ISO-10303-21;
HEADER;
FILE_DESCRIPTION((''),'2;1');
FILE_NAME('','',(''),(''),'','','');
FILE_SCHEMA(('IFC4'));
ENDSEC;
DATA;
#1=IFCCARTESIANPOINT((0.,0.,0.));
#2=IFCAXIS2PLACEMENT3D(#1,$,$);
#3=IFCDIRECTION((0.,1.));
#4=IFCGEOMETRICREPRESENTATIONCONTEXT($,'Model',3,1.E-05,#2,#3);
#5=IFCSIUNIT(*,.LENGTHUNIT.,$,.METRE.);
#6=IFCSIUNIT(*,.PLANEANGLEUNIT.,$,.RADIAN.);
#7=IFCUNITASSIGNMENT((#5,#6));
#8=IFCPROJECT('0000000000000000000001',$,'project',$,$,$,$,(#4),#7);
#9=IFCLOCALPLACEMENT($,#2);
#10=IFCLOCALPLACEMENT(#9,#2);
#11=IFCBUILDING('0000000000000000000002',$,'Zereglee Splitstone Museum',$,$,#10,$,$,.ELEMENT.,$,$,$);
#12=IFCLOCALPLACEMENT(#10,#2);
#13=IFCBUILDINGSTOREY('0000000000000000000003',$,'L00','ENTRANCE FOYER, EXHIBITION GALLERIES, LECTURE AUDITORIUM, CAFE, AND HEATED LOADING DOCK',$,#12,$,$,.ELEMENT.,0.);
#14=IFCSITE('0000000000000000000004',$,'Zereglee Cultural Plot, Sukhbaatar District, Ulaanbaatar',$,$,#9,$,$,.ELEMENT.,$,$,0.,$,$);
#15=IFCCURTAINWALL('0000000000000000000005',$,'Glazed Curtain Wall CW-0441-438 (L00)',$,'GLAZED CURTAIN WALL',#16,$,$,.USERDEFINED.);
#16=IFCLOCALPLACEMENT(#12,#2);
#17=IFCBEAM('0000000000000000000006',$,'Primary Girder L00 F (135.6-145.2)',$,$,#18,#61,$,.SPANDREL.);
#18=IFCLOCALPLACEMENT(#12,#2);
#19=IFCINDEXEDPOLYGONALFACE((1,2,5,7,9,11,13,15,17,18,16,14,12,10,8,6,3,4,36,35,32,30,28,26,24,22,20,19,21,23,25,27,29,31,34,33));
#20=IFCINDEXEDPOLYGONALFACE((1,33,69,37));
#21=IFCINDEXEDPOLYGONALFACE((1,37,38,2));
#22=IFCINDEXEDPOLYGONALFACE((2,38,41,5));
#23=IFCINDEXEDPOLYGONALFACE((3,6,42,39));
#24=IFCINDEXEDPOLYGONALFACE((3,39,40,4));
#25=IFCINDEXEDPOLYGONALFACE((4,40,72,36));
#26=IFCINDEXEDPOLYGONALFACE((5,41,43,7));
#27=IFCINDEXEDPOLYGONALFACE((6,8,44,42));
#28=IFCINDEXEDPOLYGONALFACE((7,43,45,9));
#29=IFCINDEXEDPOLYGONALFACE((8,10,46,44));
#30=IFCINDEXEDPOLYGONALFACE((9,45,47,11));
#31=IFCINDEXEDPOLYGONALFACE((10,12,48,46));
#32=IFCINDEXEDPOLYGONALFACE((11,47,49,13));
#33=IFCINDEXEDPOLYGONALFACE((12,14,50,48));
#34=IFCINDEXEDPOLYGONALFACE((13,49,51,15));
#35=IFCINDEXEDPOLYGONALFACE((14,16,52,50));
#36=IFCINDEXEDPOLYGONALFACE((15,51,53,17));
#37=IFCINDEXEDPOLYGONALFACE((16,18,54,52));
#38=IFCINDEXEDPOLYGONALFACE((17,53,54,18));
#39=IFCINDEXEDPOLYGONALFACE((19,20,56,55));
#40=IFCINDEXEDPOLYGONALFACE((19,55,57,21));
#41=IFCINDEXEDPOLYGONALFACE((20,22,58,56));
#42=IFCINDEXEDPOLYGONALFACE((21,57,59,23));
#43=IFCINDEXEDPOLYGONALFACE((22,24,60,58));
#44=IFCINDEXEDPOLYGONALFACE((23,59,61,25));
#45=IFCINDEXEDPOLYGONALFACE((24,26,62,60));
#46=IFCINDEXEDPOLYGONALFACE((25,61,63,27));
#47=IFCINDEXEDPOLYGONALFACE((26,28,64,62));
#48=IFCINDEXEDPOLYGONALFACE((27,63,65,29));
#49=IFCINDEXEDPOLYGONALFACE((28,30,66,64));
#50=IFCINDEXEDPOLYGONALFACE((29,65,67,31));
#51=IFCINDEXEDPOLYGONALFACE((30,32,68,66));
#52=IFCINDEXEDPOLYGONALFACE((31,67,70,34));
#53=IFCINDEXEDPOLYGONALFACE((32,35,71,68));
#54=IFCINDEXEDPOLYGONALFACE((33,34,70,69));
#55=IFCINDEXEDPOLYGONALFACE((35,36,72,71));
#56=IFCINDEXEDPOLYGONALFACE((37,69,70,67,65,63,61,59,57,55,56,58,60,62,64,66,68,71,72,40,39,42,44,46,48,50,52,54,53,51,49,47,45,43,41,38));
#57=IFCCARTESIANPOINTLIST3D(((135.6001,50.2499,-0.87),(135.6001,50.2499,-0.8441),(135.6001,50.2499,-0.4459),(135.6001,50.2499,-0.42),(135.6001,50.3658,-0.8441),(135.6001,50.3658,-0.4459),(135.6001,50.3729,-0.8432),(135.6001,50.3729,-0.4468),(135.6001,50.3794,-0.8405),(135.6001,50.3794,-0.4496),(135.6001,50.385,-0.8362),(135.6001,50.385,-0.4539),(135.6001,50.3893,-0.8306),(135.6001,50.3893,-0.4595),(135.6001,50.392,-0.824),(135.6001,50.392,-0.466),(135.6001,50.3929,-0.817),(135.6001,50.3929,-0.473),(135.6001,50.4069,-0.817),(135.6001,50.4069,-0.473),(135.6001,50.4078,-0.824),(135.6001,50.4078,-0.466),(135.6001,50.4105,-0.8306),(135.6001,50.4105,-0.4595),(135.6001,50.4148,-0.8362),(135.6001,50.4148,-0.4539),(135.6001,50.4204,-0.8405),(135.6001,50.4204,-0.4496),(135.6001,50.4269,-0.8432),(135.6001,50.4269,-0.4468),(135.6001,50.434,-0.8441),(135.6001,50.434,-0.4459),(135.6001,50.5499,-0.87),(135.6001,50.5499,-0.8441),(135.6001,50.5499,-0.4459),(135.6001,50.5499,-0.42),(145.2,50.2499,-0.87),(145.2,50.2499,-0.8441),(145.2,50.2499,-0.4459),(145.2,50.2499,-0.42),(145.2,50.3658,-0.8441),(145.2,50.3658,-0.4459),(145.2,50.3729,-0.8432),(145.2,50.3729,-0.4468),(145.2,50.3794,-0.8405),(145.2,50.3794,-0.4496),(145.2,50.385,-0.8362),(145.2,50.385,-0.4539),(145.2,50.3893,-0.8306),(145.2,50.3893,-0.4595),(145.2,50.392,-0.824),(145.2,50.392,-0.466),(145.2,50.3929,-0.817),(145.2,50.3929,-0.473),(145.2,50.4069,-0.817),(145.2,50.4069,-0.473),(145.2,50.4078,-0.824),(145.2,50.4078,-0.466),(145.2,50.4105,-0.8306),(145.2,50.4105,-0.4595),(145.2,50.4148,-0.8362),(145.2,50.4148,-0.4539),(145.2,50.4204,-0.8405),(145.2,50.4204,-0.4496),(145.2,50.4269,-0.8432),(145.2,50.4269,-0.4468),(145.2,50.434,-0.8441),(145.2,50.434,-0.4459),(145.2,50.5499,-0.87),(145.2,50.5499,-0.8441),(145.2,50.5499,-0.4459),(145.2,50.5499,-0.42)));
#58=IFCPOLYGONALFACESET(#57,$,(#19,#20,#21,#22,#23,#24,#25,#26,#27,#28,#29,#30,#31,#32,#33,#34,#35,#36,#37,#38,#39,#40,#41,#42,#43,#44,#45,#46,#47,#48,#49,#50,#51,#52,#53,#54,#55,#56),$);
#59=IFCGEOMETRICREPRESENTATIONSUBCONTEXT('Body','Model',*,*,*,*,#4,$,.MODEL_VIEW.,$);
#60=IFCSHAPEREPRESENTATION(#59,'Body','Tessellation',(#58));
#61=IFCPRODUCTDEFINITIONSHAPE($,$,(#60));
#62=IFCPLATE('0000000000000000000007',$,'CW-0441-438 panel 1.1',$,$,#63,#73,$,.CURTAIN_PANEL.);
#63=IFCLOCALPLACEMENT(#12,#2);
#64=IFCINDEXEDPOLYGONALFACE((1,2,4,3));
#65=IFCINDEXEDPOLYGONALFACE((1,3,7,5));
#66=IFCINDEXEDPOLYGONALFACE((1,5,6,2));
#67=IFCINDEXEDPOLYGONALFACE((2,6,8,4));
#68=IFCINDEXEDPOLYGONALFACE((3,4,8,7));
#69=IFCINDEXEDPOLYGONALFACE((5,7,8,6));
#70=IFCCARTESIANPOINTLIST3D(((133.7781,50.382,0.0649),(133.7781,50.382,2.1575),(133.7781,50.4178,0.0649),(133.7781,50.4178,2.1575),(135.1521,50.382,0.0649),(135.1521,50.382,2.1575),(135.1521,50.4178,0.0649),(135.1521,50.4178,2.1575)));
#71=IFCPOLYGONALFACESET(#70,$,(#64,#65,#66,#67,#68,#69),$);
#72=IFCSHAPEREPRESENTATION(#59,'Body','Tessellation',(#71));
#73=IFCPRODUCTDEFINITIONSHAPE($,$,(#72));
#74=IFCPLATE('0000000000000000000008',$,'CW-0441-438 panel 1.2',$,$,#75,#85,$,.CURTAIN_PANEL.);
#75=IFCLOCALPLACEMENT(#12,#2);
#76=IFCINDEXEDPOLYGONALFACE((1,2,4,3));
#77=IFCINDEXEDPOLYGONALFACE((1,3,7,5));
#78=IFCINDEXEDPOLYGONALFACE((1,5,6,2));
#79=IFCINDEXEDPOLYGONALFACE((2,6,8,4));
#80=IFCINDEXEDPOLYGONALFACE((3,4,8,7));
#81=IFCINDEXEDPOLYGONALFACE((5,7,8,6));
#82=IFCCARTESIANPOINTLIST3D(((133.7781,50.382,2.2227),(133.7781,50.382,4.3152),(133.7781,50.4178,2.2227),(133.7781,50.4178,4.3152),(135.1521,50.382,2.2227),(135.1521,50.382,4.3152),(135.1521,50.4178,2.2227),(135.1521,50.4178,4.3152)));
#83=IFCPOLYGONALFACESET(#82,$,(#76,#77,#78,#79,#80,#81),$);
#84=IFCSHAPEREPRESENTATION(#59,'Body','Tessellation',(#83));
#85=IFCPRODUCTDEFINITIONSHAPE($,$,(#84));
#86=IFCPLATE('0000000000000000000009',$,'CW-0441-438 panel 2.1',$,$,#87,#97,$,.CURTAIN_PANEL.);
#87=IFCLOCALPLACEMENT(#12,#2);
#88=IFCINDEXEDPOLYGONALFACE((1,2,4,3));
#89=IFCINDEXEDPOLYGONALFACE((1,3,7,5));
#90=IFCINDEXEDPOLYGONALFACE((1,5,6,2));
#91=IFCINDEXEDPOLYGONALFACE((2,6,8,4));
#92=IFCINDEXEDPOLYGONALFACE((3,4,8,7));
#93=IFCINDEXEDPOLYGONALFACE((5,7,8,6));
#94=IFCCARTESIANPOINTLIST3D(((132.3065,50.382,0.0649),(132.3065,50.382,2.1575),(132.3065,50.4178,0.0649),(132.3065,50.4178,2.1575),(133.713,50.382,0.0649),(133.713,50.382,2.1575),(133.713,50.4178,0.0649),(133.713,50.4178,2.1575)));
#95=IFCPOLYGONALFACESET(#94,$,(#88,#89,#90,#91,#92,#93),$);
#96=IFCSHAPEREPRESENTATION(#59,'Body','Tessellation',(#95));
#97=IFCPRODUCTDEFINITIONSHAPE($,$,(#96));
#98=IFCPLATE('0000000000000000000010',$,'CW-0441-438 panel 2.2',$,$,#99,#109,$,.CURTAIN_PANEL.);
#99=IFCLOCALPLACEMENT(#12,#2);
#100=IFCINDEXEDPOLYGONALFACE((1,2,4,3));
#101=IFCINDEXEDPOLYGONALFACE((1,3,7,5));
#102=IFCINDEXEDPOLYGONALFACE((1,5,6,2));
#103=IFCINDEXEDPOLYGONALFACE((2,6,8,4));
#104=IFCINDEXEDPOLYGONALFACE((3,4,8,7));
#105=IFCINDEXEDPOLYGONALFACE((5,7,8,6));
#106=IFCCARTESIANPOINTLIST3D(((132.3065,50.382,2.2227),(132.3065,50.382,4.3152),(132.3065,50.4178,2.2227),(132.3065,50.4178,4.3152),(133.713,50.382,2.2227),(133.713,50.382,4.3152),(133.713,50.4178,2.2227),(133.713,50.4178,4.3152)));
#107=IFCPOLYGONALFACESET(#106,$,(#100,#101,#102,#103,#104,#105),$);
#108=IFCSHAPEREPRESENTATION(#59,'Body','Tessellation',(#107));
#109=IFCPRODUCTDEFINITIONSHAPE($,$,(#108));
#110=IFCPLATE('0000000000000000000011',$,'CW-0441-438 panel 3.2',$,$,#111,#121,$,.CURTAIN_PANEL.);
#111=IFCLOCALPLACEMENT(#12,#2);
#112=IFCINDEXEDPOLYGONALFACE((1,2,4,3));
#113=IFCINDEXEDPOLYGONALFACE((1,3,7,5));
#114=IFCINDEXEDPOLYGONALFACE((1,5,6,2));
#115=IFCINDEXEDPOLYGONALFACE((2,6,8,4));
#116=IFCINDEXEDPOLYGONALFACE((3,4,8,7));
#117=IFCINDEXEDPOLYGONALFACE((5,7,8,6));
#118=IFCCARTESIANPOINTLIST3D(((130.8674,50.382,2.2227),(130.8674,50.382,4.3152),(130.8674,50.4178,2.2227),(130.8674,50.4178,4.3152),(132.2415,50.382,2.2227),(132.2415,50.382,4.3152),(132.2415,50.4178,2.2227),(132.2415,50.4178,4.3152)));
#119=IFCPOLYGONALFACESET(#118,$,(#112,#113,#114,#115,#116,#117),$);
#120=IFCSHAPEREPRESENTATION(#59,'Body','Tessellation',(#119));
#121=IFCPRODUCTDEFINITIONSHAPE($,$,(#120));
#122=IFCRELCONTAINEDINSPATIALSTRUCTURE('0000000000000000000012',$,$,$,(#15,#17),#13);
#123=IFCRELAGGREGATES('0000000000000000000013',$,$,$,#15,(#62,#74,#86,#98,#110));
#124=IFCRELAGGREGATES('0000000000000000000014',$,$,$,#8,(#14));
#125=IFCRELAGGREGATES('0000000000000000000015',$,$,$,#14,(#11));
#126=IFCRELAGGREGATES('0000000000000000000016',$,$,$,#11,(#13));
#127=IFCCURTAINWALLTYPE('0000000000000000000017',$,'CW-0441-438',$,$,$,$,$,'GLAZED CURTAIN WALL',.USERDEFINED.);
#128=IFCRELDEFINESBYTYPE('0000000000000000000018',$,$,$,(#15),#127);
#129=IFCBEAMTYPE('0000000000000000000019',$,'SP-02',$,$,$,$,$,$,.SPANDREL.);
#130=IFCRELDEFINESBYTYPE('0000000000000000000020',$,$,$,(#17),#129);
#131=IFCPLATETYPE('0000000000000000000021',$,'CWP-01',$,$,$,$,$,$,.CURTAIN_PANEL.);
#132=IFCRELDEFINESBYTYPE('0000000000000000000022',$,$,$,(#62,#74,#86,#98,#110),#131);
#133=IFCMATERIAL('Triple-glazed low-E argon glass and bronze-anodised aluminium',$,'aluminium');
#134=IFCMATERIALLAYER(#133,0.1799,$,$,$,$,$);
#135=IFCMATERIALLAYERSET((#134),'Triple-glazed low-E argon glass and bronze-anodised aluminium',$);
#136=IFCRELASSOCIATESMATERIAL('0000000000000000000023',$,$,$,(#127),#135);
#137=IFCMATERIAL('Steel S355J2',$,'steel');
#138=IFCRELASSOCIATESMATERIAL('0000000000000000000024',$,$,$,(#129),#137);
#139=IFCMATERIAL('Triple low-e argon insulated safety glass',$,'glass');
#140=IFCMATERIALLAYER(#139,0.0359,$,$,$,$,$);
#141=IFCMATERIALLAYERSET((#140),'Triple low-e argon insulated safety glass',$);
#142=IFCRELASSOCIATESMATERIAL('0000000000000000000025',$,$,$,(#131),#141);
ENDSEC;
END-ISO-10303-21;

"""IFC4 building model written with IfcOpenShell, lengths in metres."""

from ifc_helpers import new_model, si_unit, direction, frame, origin, origin_2d, place, context, subcontext, project, spatial, rectangle, i_section, extrude, material, layer, layer_set, material_profile, profile_set, type_object, element, aggregate, save


model = new_model("IFC4")

# Units and contexts
model_context = context("Model", 3, precision=1e-05, world=origin(), true_north=direction((0.0, 1.0)))
body_context = subcontext(model_context, "Body", "Model", "MODEL_VIEW")
ifc_project = project(units=[si_unit("LENGTHUNIT", "METRE"), si_unit("PLANEANGLEUNIT", "RADIAN")], contexts=[model_context])

# Site, building, storey
site_placement = place(None, origin())
site = spatial("IfcSite", under=ifc_project, at=site_placement, Name="Zereglee Cultural Plot, Sukhbaatar District, Ulaanbaatar", CompositionType="ELEMENT", RefElevation=0.0)
building_placement = place(site_placement, origin())
building = spatial("IfcBuilding", under=site, at=building_placement, Name="Zereglee Splitstone Museum", CompositionType="ELEMENT")
storey_placement = place(building_placement, origin())
storey = spatial("IfcBuildingStorey", under=building, at=storey_placement, Name="L00", Description="ENTRANCE FOYER, EXHIBITION GALLERIES, LECTURE AUDITORIUM, CAFE, AND HEATED LOADING DOCK", CompositionType="ELEMENT", Elevation=0.0)

# Shared definitions
ifc_material_1 = material(Name="Triple-glazed low-E argon glass and bronze-anodised aluminium", Category="aluminium")

# Curtain wall
ifc_layer_1 = layer(ifc_material_1, 0.1799)
ifc_layer_set_1 = layer_set([ifc_layer_1], Name="Triple-glazed low-E argon glass and bronze-anodised aluminium")
curtain_wall_type_1 = type_object("IfcCurtainWallType", Name="CW-0441-438", ElementType="GLAZED CURTAIN WALL", PredefinedType="USERDEFINED", material=ifc_layer_set_1)
curtain_wall_1_placement = place(storey_placement, origin())
curtain_wall_1 = element("IfcCurtainWall", 1, at=curtain_wall_1_placement, inside=storey, type_object=curtain_wall_type_1, Name="Glazed Curtain Wall CW-0441-438 (L00)", ObjectType="GLAZED CURTAIN WALL", PredefinedType="USERDEFINED")

# Beam
ifc_material_2 = material(Name="Steel S355J2", Category="steel")
ifc_material_profile_1 = material_profile(ifc_material_2, i_section(OverallWidth=0.3, OverallDepth=0.45, WebThickness=0.0139, FlangeThickness=0.0259, FilletRadius=0.0271, at=origin_2d()), Name="HE 450 B")
ifc_profile_set_1 = profile_set([ifc_material_profile_1], Name="Steel S355J2")
beam_type = type_object("IfcBeamType", Name="SP-02", PredefinedType="SPANDREL", material=ifc_profile_set_1)
beam_placement = place(storey_placement, frame((135.6001, 50.3999, -0.645), z_axis=(1.0, 0.0, 0.0), x_axis=(0.0, 1.0, 0.0)))
element("IfcBeam", 2, at=beam_placement, inside=storey, type_object=beam_type, Name="Primary Girder L00 F (135.6-145.2)", PredefinedType="SPANDREL", context=body_context, shape_type="SweptSolid", body=[
    extrude(i_section(OverallWidth=0.3, OverallDepth=0.45, WebThickness=0.0139, FlangeThickness=0.0259, FilletRadius=0.0271, at=origin_2d()), origin(), (0.0, 0.0, 1.0), 9.5999),
])

# Plates
ifc_material_3 = material(Name="Triple low-e argon insulated safety glass", Category="glass")
ifc_layer_2 = layer(ifc_material_3, 0.0359)
ifc_layer_set_2 = layer_set([ifc_layer_2], Name="Triple low-e argon insulated safety glass")
plate_type = type_object("IfcPlateType", Name="CWP-01", PredefinedType="CURTAIN_PANEL", material=ifc_layer_set_2)
plate_1_placement = place(storey_placement, frame((134.4651, 50.3999, 0.0649), z_axis=(0.0, 0.0, 1.0), x_axis=(-1.0, 0.0, 0.0)))
plate_1 = element("IfcPlate", 3, at=plate_1_placement, type_object=plate_type, Name="CW-0441-438 panel 1.1", PredefinedType="CURTAIN_PANEL", context=body_context, shape_type="SweptSolid", body=[
    extrude(rectangle(XDim=1.374, YDim=0.0359, at=origin_2d()), origin(), (0.0, 0.0, 1.0), 2.0925),
])
plate_2_placement = place(storey_placement, frame((134.4651, 50.3999, 2.2227), z_axis=(0.0, 0.0, 1.0), x_axis=(-1.0, 0.0, 0.0)))
plate_2 = element("IfcPlate", 4, at=plate_2_placement, type_object=plate_type, Name="CW-0441-438 panel 1.2", PredefinedType="CURTAIN_PANEL", context=body_context, shape_type="SweptSolid", body=[
    extrude(rectangle(XDim=1.374, YDim=0.0359, at=origin_2d()), origin(), (0.0, 0.0, 1.0), 2.0925),
])
plate_3_placement = place(storey_placement, frame((133.0098, 50.3999, 0.0649), z_axis=(0.0, 0.0, 1.0), x_axis=(-1.0, 0.0, 0.0)))
plate_3 = element("IfcPlate", 5, at=plate_3_placement, type_object=plate_type, Name="CW-0441-438 panel 2.1", PredefinedType="CURTAIN_PANEL", context=body_context, shape_type="SweptSolid", body=[
    extrude(rectangle(XDim=1.4065, YDim=0.0359, at=origin_2d()), origin(), (0.0, 0.0, 1.0), 2.0925),
])
plate_4_placement = place(storey_placement, frame((133.0098, 50.3999, 2.2227), z_axis=(0.0, 0.0, 1.0), x_axis=(-1.0, 0.0, 0.0)))
plate_4 = element("IfcPlate", 6, at=plate_4_placement, type_object=plate_type, Name="CW-0441-438 panel 2.2", PredefinedType="CURTAIN_PANEL", context=body_context, shape_type="SweptSolid", body=[
    extrude(rectangle(XDim=1.4065, YDim=0.0359, at=origin_2d()), origin(), (0.0, 0.0, 1.0), 2.0925),
])
plate_5_placement = place(storey_placement, frame((131.5544, 50.3999, 2.2227), z_axis=(0.0, 0.0, 1.0), x_axis=(-1.0, 0.0, 0.0)))
plate_5 = element("IfcPlate", 7, at=plate_5_placement, type_object=plate_type, Name="CW-0441-438 panel 3.2", PredefinedType="CURTAIN_PANEL", context=body_context, shape_type="SweptSolid", body=[
    extrude(rectangle(XDim=1.374, YDim=0.0359, at=origin_2d()), origin(), (0.0, 0.0, 1.0), 2.0925),
])
aggregate(curtain_wall_1, [plate_1, plate_2, plate_3, plate_4, plate_5])

save(model, "model.ifc")
